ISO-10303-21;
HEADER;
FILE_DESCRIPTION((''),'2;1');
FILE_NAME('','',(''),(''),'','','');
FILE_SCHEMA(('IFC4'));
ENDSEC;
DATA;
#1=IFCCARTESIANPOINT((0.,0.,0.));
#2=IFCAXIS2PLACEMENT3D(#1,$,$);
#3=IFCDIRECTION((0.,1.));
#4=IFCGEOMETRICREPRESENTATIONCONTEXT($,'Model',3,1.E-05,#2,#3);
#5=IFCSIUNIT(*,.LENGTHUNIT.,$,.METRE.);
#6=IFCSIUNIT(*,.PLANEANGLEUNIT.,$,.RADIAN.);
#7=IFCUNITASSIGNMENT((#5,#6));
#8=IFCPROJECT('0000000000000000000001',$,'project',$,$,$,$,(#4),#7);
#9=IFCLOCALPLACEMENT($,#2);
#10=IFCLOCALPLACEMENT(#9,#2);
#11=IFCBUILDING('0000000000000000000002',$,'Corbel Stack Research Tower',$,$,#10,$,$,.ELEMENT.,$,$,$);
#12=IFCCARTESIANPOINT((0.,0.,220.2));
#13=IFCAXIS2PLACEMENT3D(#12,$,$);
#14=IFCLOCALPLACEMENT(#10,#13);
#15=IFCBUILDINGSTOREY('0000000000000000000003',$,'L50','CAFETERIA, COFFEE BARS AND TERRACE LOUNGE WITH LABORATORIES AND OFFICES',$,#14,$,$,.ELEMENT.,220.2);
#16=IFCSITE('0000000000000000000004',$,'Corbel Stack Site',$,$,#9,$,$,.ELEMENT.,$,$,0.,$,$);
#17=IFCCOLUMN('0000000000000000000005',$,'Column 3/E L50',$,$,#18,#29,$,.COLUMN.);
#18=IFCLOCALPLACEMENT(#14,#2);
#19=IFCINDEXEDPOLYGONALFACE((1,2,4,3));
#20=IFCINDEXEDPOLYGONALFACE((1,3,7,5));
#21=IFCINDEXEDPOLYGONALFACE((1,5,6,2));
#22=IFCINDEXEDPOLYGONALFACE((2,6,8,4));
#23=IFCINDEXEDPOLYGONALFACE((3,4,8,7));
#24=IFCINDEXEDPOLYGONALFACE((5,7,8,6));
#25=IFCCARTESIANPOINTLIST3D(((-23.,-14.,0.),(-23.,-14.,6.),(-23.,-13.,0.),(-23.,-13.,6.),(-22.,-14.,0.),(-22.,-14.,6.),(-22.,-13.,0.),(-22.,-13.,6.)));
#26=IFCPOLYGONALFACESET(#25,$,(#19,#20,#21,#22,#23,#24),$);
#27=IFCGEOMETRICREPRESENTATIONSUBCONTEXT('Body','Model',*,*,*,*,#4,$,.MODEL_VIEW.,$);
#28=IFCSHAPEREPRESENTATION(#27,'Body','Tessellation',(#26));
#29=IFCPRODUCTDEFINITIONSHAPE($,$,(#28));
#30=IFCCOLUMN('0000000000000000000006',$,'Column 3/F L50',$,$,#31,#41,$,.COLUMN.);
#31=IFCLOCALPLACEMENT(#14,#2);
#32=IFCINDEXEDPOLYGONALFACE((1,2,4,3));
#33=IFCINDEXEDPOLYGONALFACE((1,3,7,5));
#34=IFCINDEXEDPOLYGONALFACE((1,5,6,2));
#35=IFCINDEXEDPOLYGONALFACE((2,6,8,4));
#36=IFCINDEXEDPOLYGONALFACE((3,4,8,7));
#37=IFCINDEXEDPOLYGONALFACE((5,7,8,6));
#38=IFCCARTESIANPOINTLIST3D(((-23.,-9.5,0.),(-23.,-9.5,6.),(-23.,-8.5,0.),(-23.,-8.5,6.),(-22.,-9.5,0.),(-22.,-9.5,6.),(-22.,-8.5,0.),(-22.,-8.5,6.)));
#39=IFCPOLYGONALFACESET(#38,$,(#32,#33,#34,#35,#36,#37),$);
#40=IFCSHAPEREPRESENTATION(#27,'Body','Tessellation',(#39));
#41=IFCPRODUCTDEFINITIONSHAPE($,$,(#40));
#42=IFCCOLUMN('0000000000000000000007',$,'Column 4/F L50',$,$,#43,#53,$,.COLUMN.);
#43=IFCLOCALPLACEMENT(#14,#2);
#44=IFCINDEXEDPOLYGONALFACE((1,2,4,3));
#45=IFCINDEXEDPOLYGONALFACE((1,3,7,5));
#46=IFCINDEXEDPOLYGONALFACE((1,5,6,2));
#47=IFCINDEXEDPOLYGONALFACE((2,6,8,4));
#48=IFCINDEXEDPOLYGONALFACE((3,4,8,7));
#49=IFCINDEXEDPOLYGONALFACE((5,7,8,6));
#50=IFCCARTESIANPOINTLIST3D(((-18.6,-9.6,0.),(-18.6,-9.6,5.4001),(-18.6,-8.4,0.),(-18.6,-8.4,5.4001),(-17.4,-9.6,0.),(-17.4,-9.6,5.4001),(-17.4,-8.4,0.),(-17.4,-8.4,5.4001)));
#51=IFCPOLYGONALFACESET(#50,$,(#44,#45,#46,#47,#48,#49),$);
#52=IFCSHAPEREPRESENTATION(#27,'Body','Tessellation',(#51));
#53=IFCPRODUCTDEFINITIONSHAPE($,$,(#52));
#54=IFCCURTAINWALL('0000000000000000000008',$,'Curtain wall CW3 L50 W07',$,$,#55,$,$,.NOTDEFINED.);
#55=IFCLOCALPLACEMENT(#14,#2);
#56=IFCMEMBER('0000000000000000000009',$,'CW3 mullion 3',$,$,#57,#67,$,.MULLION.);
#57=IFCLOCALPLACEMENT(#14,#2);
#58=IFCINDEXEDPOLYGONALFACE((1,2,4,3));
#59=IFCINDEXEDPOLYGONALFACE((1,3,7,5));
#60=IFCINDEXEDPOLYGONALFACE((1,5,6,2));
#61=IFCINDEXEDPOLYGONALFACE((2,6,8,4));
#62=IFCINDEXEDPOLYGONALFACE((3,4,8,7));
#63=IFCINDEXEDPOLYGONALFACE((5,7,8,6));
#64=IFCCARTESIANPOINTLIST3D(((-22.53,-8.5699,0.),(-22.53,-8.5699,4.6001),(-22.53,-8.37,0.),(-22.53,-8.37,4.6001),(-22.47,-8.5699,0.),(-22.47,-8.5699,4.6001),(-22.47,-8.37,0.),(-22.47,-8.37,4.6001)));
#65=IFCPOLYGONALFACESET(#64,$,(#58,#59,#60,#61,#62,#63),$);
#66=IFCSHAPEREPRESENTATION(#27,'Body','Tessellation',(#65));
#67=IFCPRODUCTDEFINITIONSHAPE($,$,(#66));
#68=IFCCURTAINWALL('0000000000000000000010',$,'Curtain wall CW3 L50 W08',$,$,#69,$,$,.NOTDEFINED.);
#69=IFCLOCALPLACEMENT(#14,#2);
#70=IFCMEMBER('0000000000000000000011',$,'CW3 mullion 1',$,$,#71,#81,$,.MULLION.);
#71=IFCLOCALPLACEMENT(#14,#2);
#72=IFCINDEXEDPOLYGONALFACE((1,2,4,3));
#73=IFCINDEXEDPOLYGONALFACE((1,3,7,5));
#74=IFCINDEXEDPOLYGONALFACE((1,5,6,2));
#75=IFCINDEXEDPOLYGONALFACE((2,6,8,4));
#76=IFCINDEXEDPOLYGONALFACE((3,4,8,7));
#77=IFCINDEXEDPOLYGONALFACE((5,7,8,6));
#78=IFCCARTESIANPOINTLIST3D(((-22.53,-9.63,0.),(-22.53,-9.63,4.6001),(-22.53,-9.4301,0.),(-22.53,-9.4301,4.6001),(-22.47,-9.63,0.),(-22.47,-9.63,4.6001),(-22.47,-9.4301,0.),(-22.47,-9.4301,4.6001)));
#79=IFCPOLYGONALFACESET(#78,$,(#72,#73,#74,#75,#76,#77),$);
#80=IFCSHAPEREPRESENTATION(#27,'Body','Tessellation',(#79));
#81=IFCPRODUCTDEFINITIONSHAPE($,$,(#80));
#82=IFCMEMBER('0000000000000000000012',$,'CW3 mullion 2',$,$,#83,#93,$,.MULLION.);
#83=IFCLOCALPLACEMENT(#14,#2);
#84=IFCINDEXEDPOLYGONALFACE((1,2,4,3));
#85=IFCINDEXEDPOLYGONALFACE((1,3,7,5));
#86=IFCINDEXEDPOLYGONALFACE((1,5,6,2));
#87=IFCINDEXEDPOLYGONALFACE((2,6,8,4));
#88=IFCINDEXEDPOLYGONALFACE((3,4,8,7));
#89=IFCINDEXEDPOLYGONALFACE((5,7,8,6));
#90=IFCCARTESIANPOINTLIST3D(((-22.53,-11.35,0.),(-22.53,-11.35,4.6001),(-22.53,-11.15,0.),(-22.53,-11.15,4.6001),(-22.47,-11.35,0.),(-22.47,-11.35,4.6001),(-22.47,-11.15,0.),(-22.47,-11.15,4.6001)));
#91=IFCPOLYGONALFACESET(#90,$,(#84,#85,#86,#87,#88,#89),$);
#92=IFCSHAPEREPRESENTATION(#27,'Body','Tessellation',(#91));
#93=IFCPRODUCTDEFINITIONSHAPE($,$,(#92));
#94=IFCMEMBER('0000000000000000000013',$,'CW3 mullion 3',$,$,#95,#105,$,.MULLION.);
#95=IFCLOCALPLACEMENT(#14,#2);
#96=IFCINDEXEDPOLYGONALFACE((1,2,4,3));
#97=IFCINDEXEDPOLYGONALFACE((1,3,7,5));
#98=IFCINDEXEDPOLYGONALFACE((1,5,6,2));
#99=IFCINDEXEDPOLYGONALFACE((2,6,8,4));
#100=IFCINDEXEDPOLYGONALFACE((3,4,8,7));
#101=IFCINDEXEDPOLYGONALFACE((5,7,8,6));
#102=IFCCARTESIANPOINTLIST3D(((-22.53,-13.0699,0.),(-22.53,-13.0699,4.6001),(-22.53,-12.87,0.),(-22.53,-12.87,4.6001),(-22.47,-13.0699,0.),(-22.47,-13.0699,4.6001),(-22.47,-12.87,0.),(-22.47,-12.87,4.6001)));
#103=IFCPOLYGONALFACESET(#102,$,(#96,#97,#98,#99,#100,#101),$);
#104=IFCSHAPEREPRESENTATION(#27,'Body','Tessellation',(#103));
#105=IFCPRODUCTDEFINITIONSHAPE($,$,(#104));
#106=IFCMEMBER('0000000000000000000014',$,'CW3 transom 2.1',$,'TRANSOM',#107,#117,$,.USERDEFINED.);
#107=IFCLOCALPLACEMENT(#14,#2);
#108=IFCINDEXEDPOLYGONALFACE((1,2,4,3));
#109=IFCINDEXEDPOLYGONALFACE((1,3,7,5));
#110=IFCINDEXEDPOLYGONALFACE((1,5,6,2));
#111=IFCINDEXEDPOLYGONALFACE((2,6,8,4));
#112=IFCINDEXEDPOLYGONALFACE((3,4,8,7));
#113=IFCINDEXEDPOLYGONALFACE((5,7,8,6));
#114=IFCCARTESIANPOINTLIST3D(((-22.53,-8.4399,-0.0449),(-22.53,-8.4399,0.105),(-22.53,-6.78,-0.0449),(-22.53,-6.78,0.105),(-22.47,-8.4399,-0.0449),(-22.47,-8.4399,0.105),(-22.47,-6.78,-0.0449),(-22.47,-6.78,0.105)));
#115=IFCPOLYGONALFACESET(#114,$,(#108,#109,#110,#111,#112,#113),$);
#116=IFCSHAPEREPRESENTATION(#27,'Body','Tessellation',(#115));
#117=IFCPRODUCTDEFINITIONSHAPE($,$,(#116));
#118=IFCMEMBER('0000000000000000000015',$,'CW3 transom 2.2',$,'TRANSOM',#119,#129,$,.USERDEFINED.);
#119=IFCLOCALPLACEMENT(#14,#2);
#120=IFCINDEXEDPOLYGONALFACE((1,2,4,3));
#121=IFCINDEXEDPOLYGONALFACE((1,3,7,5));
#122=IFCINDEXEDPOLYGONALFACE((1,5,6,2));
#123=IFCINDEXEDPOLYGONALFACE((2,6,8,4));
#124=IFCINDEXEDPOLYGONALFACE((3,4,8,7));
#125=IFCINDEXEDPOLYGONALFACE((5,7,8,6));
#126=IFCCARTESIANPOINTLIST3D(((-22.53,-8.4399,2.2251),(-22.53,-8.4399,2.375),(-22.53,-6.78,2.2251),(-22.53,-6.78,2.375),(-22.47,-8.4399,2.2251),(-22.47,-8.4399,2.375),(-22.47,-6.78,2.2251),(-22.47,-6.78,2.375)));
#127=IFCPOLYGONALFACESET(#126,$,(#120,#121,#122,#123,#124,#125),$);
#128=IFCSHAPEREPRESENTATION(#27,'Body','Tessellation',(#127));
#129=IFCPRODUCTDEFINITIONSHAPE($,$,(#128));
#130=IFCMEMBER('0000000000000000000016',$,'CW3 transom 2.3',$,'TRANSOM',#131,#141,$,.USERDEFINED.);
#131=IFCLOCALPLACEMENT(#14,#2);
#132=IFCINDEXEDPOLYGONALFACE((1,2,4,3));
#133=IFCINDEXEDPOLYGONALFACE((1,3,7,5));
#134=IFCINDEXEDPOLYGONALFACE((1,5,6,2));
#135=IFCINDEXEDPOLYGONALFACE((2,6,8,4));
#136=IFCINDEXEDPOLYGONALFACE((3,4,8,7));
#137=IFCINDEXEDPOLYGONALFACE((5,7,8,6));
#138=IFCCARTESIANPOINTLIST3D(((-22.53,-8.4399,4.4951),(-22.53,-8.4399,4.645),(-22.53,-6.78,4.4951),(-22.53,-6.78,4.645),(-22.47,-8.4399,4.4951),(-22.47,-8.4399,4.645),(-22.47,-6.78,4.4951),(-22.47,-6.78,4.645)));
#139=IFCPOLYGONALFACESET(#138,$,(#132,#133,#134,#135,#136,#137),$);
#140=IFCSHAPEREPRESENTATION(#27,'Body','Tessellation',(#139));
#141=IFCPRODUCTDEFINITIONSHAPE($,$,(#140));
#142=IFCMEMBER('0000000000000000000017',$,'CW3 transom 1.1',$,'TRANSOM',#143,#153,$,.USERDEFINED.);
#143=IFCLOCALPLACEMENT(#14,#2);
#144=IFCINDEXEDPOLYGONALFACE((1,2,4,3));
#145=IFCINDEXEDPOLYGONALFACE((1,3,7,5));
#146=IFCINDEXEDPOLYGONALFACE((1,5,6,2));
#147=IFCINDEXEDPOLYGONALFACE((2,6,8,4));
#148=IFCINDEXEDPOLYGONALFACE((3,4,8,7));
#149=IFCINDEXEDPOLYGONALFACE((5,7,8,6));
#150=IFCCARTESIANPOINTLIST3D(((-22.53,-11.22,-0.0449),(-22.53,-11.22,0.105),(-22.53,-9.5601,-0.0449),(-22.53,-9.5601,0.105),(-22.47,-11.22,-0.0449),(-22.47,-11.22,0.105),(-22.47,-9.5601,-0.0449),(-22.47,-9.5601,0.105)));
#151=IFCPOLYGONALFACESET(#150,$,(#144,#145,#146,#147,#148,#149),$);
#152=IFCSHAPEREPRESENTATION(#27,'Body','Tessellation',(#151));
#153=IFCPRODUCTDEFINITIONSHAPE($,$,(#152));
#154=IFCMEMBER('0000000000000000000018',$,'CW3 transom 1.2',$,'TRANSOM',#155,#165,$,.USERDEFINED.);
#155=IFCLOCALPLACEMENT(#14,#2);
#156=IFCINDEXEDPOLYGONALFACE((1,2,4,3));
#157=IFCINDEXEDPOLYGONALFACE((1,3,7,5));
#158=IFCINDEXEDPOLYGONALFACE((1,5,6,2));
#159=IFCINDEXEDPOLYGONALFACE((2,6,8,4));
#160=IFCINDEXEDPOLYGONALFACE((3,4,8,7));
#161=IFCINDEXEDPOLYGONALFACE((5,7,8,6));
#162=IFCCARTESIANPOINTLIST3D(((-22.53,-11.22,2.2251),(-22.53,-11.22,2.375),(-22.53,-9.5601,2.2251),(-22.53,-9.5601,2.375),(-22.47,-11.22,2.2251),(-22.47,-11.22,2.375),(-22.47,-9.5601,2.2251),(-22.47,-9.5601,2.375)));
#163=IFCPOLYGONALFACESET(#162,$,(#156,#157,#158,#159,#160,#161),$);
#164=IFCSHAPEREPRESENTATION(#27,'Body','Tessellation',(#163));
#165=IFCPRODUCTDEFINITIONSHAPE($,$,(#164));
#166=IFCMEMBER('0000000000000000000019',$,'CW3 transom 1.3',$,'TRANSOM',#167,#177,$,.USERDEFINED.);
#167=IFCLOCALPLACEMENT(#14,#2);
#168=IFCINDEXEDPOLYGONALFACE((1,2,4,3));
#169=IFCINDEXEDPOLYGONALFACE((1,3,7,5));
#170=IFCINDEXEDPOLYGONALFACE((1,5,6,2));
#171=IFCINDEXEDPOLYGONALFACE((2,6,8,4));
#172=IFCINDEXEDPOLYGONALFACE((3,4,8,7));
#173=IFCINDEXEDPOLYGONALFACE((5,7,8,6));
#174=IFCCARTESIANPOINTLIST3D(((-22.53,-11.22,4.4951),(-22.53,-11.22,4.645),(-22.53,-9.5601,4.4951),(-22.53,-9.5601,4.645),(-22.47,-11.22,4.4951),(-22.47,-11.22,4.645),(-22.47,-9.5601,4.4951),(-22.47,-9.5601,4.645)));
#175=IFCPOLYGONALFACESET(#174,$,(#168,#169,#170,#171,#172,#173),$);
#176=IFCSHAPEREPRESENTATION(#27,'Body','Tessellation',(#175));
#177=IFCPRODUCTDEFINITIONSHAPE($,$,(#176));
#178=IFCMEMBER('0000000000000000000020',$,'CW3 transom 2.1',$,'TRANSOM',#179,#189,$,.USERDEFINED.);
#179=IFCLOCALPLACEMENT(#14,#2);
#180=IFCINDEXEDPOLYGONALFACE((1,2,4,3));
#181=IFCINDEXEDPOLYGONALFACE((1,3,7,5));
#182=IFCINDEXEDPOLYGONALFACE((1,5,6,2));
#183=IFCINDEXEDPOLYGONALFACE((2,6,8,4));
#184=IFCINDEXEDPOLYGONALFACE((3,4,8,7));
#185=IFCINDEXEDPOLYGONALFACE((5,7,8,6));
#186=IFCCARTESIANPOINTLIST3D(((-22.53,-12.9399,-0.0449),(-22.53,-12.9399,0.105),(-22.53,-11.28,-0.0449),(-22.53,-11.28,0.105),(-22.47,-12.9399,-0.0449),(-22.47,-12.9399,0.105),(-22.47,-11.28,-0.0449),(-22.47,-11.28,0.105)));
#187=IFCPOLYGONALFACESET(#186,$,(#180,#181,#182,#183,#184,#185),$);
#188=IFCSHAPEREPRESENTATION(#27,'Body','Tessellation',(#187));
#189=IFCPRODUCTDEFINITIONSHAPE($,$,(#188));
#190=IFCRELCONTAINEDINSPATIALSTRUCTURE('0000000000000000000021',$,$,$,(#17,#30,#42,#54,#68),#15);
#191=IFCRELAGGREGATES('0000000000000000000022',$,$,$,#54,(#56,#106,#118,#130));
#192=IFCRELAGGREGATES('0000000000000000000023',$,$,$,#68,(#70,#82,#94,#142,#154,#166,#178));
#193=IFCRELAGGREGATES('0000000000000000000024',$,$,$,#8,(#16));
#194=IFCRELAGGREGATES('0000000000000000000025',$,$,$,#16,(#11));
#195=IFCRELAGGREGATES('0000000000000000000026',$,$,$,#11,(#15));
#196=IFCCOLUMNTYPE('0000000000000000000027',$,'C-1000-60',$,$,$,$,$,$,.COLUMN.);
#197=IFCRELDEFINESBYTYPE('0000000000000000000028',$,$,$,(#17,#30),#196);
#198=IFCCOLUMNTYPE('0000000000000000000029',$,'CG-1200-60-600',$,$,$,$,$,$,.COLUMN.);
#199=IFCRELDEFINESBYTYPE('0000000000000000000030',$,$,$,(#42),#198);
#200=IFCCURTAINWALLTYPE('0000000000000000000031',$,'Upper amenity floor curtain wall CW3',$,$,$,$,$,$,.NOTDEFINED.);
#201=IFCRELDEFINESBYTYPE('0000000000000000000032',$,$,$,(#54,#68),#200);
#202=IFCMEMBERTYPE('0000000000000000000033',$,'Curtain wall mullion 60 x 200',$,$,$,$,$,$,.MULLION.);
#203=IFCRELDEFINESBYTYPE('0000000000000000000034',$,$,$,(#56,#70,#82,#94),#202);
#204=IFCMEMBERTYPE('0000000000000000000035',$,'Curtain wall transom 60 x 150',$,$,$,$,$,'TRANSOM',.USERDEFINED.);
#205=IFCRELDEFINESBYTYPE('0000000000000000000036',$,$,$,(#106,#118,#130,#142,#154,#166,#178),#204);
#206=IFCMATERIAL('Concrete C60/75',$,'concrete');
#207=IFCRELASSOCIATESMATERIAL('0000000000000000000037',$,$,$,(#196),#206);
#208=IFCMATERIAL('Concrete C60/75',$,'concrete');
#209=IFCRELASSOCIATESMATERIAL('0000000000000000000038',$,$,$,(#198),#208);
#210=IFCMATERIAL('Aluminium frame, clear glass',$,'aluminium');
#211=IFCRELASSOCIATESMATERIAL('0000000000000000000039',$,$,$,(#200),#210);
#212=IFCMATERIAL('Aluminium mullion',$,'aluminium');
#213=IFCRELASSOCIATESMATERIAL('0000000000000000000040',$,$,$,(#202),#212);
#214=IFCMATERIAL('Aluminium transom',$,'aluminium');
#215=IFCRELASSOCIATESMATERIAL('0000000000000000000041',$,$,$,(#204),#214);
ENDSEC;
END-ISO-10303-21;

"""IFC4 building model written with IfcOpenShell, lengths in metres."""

from ifc_helpers import new_model, si_unit, direction, frame, origin, origin_2d, place, context, subcontext, project, spatial, rectangle, extrude, material, material_profile, profile_set, type_object, element, aggregate, save


model = new_model("IFC4")

# Units and contexts
model_context = context("Model", 3, precision=1e-05, world=origin(), true_north=direction((0.0, 1.0)))
body_context = subcontext(model_context, "Body", "Model", "MODEL_VIEW")
ifc_project = project(units=[si_unit("LENGTHUNIT", "METRE"), si_unit("PLANEANGLEUNIT", "RADIAN")], contexts=[model_context])

# Site, building, storey
site_placement = place(None, origin())
site = spatial("IfcSite", under=ifc_project, at=site_placement, Name="Corbel Stack Site", CompositionType="ELEMENT", RefElevation=0.0)
building_placement = place(site_placement, origin())
building = spatial("IfcBuilding", under=site, at=building_placement, Name="Corbel Stack Research Tower", CompositionType="ELEMENT")
storey_placement = place(building_placement, frame((0.0, 0.0, 220.2)))
storey = spatial("IfcBuildingStorey", under=building, at=storey_placement, Name="L50", Description="CAFETERIA, COFFEE BARS AND TERRACE LOUNGE WITH LABORATORIES AND OFFICES", CompositionType="ELEMENT", Elevation=220.2)

# Columns
ifc_material_1 = material(Name="Concrete C60/75", Category="concrete")
ifc_material_profile_1 = material_profile(ifc_material_1, rectangle(XDim=1.0, YDim=1.0, at=origin_2d()), Name="RC 1000 x 1000")
ifc_profile_set_1 = profile_set([ifc_material_profile_1], Name="Concrete C60/75")
column_type_1 = type_object("IfcColumnType", Name="C-1000-60", PredefinedType="COLUMN", material=ifc_profile_set_1)
for number, where, z_axis, x_axis, name in (
    (1, (-22.5, -13.5, 0.0), (0.0, 0.0, 1.0), (1.0, 0.0, 0.0), "Column 3/E L50"),
    (2, (-22.5, -9.0, 0.0), (0.0, 0.0, 1.0), (1.0, 0.0, 0.0), "Column 3/F L50"),
):
    element("IfcColumn", number, at=place(storey_placement, frame(where, z_axis=z_axis, x_axis=x_axis)), inside=storey, type_object=column_type_1, Name=name, PredefinedType="COLUMN", context=body_context, shape_type="SweptSolid", body=[
        extrude(rectangle(XDim=1.0, YDim=1.0, at=origin_2d()), origin(), (0.0, 0.0, 1.0), 6.0),
    ])
ifc_material_2 = material(Name="Concrete C60/75", Category="concrete")
ifc_material_profile_2 = material_profile(ifc_material_2, rectangle(XDim=1.2, YDim=1.2, at=origin_2d()), Name="RC 1200 x 1200")
ifc_profile_set_2 = profile_set([ifc_material_profile_2], Name="Concrete C60/75")
column_type_2 = type_object("IfcColumnType", Name="CG-1200-60-600", PredefinedType="COLUMN", material=ifc_profile_set_2)
column_placement = place(storey_placement, frame((-18.0, -9.0, 0.0), z_axis=(0.0, 0.0, 1.0), x_axis=(1.0, 0.0, 0.0)))
element("IfcColumn", 3, at=column_placement, inside=storey, type_object=column_type_2, Name="Column 4/F L50", PredefinedType="COLUMN", context=body_context, shape_type="SweptSolid", body=[
    extrude(rectangle(XDim=1.2, YDim=1.2, at=origin_2d()), origin(), (0.0, 0.0, 1.0), 5.4001),
])

# Curtain wall, member
ifc_material_3 = material(Name="Aluminium frame, clear glass", Category="aluminium")
curtain_wall_type = type_object("IfcCurtainWallType", Name="Upper amenity floor curtain wall CW3", PredefinedType="NOTDEFINED", material=ifc_material_3)
curtain_wall_1_placement = place(storey_placement, origin())
curtain_wall_1 = element("IfcCurtainWall", 4, at=curtain_wall_1_placement, inside=storey, type_object=curtain_wall_type, Name="Curtain wall CW3 L50 W07", PredefinedType="NOTDEFINED")
ifc_material_4 = material(Name="Aluminium mullion", Category="aluminium")
ifc_material_profile_3 = material_profile(ifc_material_4, rectangle(XDim=0.0601, YDim=0.2, at=origin_2d()), Name="Mullion 60 x 200")
ifc_profile_set_3 = profile_set([ifc_material_profile_3], Name="Aluminium mullion")
member_type_1 = type_object("IfcMemberType", Name="Curtain wall mullion 60 x 200", PredefinedType="MULLION", material=ifc_profile_set_3)
member_1_placement = place(storey_placement, frame((-22.5, -8.47, 0.0), z_axis=(0.0, 0.0, 1.0), x_axis=(1.0, 0.0, 0.0)))
member_1 = element("IfcMember", 5, at=member_1_placement, type_object=member_type_1, Name="CW3 mullion 3", PredefinedType="MULLION", context=body_context, shape_type="SweptSolid", body=[
    extrude(rectangle(XDim=0.0601, YDim=0.2, at=origin_2d()), origin(), (0.0, 0.0, 1.0), 4.6001),
])

# Curtain wall, members
curtain_wall_2_placement = place(storey_placement, origin())
curtain_wall_2 = element("IfcCurtainWall", 6, at=curtain_wall_2_placement, inside=storey, type_object=curtain_wall_type, Name="Curtain wall CW3 L50 W08", PredefinedType="NOTDEFINED")
member_2_placement = place(storey_placement, frame((-22.5, -9.53, 0.0), z_axis=(0.0, 0.0, 1.0), x_axis=(1.0, 0.0, 0.0)))
member_2 = element("IfcMember", 7, at=member_2_placement, type_object=member_type_1, Name="CW3 mullion 1", PredefinedType="MULLION", context=body_context, shape_type="SweptSolid", body=[
    extrude(rectangle(XDim=0.0601, YDim=0.2, at=origin_2d()), origin(), (0.0, 0.0, 1.0), 4.6001),
])
member_3_placement = place(storey_placement, frame((-22.5, -11.25, 0.0), z_axis=(0.0, 0.0, 1.0), x_axis=(1.0, 0.0, 0.0)))
member_3 = element("IfcMember", 8, at=member_3_placement, type_object=member_type_1, Name="CW3 mullion 2", PredefinedType="MULLION", context=body_context, shape_type="SweptSolid", body=[
    extrude(rectangle(XDim=0.0601, YDim=0.2, at=origin_2d()), origin(), (0.0, 0.0, 1.0), 4.6001),
])
member_4_placement = place(storey_placement, frame((-22.5, -12.97, 0.0), z_axis=(0.0, 0.0, 1.0), x_axis=(1.0, 0.0, 0.0)))
member_4 = element("IfcMember", 9, at=member_4_placement, type_object=member_type_1, Name="CW3 mullion 3", PredefinedType="MULLION", context=body_context, shape_type="SweptSolid", body=[
    extrude(rectangle(XDim=0.0601, YDim=0.2, at=origin_2d()), origin(), (0.0, 0.0, 1.0), 4.6001),
])

# Members
ifc_material_5 = material(Name="Aluminium transom", Category="aluminium")
ifc_material_profile_4 = material_profile(ifc_material_5, rectangle(XDim=0.0601, YDim=0.1499, at=origin_2d()), Name="Transom 60 x 150")
ifc_profile_set_4 = profile_set([ifc_material_profile_4], Name="Aluminium transom")
member_type_2 = type_object("IfcMemberType", Name="Curtain wall transom 60 x 150", ElementType="TRANSOM", PredefinedType="USERDEFINED", material=ifc_profile_set_4)
member_5_placement = place(storey_placement, frame((-22.5, -6.78, 0.03), z_axis=(0.0, -1.0, 0.0), x_axis=(1.0, 0.0, 0.0)))
member_5 = element("IfcMember", 10, at=member_5_placement, type_object=member_type_2, Name="CW3 transom 2.1", ObjectType="TRANSOM", PredefinedType="USERDEFINED", context=body_context, shape_type="SweptSolid", body=[
    extrude(rectangle(XDim=0.0601, YDim=0.1499, at=origin_2d()), origin(), (0.0, 0.0, 1.0), 1.6599),
])
member_6_placement = place(storey_placement, frame((-22.5, -6.78, 2.3), z_axis=(0.0, -1.0, 0.0), x_axis=(1.0, 0.0, 0.0)))
member_6 = element("IfcMember", 11, at=member_6_placement, type_object=member_type_2, Name="CW3 transom 2.2", ObjectType="TRANSOM", PredefinedType="USERDEFINED", context=body_context, shape_type="SweptSolid", body=[
    extrude(rectangle(XDim=0.0601, YDim=0.1499, at=origin_2d()), origin(), (0.0, 0.0, 1.0), 1.6599),
])
member_7_placement = place(storey_placement, frame((-22.5, -6.78, 4.5701), z_axis=(0.0, -1.0, 0.0), x_axis=(1.0, 0.0, 0.0)))
member_7 = element("IfcMember", 12, at=member_7_placement, type_object=member_type_2, Name="CW3 transom 2.3", ObjectType="TRANSOM", PredefinedType="USERDEFINED", context=body_context, shape_type="SweptSolid", body=[
    extrude(rectangle(XDim=0.0601, YDim=0.1499, at=origin_2d()), origin(), (0.0, 0.0, 1.0), 1.6599),
])
member_8_placement = place(storey_placement, frame((-22.5, -9.5601, 0.03), z_axis=(0.0, -1.0, 0.0), x_axis=(1.0, 0.0, 0.0)))
member_8 = element("IfcMember", 13, at=member_8_placement, type_object=member_type_2, Name="CW3 transom 1.1", ObjectType="TRANSOM", PredefinedType="USERDEFINED", context=body_context, shape_type="SweptSolid", body=[
    extrude(rectangle(XDim=0.0601, YDim=0.1499, at=origin_2d()), origin(), (0.0, 0.0, 1.0), 1.6599),
])
member_9_placement = place(storey_placement, frame((-22.5, -9.5601, 2.3), z_axis=(0.0, -1.0, 0.0), x_axis=(1.0, 0.0, 0.0)))
member_9 = element("IfcMember", 14, at=member_9_placement, type_object=member_type_2, Name="CW3 transom 1.2", ObjectType="TRANSOM", PredefinedType="USERDEFINED", context=body_context, shape_type="SweptSolid", body=[
    extrude(rectangle(XDim=0.0601, YDim=0.1499, at=origin_2d()), origin(), (0.0, 0.0, 1.0), 1.6599),
])
member_10_placement = place(storey_placement, frame((-22.5, -9.5601, 4.5701), z_axis=(0.0, -1.0, 0.0), x_axis=(1.0, 0.0, 0.0)))
member_10 = element("IfcMember", 15, at=member_10_placement, type_object=member_type_2, Name="CW3 transom 1.3", ObjectType="TRANSOM", PredefinedType="USERDEFINED", context=body_context, shape_type="SweptSolid", body=[
    extrude(rectangle(XDim=0.0601, YDim=0.1499, at=origin_2d()), origin(), (0.0, 0.0, 1.0), 1.6599),
])
member_11_placement = place(storey_placement, frame((-22.5, -11.28, 0.03), z_axis=(0.0, -1.0, 0.0), x_axis=(1.0, 0.0, 0.0)))
member_11 = element("IfcMember", 16, at=member_11_placement, type_object=member_type_2, Name="CW3 transom 2.1", ObjectType="TRANSOM", PredefinedType="USERDEFINED", context=body_context, shape_type="SweptSolid", body=[
    extrude(rectangle(XDim=0.0601, YDim=0.1499, at=origin_2d()), origin(), (0.0, 0.0, 1.0), 1.6599),
])

aggregate(curtain_wall_1, [member_1, member_5, member_6, member_7])
aggregate(curtain_wall_2, [member_2, member_3, member_4, member_8, member_9, member_10, member_11])

save(model, "model.ifc")
